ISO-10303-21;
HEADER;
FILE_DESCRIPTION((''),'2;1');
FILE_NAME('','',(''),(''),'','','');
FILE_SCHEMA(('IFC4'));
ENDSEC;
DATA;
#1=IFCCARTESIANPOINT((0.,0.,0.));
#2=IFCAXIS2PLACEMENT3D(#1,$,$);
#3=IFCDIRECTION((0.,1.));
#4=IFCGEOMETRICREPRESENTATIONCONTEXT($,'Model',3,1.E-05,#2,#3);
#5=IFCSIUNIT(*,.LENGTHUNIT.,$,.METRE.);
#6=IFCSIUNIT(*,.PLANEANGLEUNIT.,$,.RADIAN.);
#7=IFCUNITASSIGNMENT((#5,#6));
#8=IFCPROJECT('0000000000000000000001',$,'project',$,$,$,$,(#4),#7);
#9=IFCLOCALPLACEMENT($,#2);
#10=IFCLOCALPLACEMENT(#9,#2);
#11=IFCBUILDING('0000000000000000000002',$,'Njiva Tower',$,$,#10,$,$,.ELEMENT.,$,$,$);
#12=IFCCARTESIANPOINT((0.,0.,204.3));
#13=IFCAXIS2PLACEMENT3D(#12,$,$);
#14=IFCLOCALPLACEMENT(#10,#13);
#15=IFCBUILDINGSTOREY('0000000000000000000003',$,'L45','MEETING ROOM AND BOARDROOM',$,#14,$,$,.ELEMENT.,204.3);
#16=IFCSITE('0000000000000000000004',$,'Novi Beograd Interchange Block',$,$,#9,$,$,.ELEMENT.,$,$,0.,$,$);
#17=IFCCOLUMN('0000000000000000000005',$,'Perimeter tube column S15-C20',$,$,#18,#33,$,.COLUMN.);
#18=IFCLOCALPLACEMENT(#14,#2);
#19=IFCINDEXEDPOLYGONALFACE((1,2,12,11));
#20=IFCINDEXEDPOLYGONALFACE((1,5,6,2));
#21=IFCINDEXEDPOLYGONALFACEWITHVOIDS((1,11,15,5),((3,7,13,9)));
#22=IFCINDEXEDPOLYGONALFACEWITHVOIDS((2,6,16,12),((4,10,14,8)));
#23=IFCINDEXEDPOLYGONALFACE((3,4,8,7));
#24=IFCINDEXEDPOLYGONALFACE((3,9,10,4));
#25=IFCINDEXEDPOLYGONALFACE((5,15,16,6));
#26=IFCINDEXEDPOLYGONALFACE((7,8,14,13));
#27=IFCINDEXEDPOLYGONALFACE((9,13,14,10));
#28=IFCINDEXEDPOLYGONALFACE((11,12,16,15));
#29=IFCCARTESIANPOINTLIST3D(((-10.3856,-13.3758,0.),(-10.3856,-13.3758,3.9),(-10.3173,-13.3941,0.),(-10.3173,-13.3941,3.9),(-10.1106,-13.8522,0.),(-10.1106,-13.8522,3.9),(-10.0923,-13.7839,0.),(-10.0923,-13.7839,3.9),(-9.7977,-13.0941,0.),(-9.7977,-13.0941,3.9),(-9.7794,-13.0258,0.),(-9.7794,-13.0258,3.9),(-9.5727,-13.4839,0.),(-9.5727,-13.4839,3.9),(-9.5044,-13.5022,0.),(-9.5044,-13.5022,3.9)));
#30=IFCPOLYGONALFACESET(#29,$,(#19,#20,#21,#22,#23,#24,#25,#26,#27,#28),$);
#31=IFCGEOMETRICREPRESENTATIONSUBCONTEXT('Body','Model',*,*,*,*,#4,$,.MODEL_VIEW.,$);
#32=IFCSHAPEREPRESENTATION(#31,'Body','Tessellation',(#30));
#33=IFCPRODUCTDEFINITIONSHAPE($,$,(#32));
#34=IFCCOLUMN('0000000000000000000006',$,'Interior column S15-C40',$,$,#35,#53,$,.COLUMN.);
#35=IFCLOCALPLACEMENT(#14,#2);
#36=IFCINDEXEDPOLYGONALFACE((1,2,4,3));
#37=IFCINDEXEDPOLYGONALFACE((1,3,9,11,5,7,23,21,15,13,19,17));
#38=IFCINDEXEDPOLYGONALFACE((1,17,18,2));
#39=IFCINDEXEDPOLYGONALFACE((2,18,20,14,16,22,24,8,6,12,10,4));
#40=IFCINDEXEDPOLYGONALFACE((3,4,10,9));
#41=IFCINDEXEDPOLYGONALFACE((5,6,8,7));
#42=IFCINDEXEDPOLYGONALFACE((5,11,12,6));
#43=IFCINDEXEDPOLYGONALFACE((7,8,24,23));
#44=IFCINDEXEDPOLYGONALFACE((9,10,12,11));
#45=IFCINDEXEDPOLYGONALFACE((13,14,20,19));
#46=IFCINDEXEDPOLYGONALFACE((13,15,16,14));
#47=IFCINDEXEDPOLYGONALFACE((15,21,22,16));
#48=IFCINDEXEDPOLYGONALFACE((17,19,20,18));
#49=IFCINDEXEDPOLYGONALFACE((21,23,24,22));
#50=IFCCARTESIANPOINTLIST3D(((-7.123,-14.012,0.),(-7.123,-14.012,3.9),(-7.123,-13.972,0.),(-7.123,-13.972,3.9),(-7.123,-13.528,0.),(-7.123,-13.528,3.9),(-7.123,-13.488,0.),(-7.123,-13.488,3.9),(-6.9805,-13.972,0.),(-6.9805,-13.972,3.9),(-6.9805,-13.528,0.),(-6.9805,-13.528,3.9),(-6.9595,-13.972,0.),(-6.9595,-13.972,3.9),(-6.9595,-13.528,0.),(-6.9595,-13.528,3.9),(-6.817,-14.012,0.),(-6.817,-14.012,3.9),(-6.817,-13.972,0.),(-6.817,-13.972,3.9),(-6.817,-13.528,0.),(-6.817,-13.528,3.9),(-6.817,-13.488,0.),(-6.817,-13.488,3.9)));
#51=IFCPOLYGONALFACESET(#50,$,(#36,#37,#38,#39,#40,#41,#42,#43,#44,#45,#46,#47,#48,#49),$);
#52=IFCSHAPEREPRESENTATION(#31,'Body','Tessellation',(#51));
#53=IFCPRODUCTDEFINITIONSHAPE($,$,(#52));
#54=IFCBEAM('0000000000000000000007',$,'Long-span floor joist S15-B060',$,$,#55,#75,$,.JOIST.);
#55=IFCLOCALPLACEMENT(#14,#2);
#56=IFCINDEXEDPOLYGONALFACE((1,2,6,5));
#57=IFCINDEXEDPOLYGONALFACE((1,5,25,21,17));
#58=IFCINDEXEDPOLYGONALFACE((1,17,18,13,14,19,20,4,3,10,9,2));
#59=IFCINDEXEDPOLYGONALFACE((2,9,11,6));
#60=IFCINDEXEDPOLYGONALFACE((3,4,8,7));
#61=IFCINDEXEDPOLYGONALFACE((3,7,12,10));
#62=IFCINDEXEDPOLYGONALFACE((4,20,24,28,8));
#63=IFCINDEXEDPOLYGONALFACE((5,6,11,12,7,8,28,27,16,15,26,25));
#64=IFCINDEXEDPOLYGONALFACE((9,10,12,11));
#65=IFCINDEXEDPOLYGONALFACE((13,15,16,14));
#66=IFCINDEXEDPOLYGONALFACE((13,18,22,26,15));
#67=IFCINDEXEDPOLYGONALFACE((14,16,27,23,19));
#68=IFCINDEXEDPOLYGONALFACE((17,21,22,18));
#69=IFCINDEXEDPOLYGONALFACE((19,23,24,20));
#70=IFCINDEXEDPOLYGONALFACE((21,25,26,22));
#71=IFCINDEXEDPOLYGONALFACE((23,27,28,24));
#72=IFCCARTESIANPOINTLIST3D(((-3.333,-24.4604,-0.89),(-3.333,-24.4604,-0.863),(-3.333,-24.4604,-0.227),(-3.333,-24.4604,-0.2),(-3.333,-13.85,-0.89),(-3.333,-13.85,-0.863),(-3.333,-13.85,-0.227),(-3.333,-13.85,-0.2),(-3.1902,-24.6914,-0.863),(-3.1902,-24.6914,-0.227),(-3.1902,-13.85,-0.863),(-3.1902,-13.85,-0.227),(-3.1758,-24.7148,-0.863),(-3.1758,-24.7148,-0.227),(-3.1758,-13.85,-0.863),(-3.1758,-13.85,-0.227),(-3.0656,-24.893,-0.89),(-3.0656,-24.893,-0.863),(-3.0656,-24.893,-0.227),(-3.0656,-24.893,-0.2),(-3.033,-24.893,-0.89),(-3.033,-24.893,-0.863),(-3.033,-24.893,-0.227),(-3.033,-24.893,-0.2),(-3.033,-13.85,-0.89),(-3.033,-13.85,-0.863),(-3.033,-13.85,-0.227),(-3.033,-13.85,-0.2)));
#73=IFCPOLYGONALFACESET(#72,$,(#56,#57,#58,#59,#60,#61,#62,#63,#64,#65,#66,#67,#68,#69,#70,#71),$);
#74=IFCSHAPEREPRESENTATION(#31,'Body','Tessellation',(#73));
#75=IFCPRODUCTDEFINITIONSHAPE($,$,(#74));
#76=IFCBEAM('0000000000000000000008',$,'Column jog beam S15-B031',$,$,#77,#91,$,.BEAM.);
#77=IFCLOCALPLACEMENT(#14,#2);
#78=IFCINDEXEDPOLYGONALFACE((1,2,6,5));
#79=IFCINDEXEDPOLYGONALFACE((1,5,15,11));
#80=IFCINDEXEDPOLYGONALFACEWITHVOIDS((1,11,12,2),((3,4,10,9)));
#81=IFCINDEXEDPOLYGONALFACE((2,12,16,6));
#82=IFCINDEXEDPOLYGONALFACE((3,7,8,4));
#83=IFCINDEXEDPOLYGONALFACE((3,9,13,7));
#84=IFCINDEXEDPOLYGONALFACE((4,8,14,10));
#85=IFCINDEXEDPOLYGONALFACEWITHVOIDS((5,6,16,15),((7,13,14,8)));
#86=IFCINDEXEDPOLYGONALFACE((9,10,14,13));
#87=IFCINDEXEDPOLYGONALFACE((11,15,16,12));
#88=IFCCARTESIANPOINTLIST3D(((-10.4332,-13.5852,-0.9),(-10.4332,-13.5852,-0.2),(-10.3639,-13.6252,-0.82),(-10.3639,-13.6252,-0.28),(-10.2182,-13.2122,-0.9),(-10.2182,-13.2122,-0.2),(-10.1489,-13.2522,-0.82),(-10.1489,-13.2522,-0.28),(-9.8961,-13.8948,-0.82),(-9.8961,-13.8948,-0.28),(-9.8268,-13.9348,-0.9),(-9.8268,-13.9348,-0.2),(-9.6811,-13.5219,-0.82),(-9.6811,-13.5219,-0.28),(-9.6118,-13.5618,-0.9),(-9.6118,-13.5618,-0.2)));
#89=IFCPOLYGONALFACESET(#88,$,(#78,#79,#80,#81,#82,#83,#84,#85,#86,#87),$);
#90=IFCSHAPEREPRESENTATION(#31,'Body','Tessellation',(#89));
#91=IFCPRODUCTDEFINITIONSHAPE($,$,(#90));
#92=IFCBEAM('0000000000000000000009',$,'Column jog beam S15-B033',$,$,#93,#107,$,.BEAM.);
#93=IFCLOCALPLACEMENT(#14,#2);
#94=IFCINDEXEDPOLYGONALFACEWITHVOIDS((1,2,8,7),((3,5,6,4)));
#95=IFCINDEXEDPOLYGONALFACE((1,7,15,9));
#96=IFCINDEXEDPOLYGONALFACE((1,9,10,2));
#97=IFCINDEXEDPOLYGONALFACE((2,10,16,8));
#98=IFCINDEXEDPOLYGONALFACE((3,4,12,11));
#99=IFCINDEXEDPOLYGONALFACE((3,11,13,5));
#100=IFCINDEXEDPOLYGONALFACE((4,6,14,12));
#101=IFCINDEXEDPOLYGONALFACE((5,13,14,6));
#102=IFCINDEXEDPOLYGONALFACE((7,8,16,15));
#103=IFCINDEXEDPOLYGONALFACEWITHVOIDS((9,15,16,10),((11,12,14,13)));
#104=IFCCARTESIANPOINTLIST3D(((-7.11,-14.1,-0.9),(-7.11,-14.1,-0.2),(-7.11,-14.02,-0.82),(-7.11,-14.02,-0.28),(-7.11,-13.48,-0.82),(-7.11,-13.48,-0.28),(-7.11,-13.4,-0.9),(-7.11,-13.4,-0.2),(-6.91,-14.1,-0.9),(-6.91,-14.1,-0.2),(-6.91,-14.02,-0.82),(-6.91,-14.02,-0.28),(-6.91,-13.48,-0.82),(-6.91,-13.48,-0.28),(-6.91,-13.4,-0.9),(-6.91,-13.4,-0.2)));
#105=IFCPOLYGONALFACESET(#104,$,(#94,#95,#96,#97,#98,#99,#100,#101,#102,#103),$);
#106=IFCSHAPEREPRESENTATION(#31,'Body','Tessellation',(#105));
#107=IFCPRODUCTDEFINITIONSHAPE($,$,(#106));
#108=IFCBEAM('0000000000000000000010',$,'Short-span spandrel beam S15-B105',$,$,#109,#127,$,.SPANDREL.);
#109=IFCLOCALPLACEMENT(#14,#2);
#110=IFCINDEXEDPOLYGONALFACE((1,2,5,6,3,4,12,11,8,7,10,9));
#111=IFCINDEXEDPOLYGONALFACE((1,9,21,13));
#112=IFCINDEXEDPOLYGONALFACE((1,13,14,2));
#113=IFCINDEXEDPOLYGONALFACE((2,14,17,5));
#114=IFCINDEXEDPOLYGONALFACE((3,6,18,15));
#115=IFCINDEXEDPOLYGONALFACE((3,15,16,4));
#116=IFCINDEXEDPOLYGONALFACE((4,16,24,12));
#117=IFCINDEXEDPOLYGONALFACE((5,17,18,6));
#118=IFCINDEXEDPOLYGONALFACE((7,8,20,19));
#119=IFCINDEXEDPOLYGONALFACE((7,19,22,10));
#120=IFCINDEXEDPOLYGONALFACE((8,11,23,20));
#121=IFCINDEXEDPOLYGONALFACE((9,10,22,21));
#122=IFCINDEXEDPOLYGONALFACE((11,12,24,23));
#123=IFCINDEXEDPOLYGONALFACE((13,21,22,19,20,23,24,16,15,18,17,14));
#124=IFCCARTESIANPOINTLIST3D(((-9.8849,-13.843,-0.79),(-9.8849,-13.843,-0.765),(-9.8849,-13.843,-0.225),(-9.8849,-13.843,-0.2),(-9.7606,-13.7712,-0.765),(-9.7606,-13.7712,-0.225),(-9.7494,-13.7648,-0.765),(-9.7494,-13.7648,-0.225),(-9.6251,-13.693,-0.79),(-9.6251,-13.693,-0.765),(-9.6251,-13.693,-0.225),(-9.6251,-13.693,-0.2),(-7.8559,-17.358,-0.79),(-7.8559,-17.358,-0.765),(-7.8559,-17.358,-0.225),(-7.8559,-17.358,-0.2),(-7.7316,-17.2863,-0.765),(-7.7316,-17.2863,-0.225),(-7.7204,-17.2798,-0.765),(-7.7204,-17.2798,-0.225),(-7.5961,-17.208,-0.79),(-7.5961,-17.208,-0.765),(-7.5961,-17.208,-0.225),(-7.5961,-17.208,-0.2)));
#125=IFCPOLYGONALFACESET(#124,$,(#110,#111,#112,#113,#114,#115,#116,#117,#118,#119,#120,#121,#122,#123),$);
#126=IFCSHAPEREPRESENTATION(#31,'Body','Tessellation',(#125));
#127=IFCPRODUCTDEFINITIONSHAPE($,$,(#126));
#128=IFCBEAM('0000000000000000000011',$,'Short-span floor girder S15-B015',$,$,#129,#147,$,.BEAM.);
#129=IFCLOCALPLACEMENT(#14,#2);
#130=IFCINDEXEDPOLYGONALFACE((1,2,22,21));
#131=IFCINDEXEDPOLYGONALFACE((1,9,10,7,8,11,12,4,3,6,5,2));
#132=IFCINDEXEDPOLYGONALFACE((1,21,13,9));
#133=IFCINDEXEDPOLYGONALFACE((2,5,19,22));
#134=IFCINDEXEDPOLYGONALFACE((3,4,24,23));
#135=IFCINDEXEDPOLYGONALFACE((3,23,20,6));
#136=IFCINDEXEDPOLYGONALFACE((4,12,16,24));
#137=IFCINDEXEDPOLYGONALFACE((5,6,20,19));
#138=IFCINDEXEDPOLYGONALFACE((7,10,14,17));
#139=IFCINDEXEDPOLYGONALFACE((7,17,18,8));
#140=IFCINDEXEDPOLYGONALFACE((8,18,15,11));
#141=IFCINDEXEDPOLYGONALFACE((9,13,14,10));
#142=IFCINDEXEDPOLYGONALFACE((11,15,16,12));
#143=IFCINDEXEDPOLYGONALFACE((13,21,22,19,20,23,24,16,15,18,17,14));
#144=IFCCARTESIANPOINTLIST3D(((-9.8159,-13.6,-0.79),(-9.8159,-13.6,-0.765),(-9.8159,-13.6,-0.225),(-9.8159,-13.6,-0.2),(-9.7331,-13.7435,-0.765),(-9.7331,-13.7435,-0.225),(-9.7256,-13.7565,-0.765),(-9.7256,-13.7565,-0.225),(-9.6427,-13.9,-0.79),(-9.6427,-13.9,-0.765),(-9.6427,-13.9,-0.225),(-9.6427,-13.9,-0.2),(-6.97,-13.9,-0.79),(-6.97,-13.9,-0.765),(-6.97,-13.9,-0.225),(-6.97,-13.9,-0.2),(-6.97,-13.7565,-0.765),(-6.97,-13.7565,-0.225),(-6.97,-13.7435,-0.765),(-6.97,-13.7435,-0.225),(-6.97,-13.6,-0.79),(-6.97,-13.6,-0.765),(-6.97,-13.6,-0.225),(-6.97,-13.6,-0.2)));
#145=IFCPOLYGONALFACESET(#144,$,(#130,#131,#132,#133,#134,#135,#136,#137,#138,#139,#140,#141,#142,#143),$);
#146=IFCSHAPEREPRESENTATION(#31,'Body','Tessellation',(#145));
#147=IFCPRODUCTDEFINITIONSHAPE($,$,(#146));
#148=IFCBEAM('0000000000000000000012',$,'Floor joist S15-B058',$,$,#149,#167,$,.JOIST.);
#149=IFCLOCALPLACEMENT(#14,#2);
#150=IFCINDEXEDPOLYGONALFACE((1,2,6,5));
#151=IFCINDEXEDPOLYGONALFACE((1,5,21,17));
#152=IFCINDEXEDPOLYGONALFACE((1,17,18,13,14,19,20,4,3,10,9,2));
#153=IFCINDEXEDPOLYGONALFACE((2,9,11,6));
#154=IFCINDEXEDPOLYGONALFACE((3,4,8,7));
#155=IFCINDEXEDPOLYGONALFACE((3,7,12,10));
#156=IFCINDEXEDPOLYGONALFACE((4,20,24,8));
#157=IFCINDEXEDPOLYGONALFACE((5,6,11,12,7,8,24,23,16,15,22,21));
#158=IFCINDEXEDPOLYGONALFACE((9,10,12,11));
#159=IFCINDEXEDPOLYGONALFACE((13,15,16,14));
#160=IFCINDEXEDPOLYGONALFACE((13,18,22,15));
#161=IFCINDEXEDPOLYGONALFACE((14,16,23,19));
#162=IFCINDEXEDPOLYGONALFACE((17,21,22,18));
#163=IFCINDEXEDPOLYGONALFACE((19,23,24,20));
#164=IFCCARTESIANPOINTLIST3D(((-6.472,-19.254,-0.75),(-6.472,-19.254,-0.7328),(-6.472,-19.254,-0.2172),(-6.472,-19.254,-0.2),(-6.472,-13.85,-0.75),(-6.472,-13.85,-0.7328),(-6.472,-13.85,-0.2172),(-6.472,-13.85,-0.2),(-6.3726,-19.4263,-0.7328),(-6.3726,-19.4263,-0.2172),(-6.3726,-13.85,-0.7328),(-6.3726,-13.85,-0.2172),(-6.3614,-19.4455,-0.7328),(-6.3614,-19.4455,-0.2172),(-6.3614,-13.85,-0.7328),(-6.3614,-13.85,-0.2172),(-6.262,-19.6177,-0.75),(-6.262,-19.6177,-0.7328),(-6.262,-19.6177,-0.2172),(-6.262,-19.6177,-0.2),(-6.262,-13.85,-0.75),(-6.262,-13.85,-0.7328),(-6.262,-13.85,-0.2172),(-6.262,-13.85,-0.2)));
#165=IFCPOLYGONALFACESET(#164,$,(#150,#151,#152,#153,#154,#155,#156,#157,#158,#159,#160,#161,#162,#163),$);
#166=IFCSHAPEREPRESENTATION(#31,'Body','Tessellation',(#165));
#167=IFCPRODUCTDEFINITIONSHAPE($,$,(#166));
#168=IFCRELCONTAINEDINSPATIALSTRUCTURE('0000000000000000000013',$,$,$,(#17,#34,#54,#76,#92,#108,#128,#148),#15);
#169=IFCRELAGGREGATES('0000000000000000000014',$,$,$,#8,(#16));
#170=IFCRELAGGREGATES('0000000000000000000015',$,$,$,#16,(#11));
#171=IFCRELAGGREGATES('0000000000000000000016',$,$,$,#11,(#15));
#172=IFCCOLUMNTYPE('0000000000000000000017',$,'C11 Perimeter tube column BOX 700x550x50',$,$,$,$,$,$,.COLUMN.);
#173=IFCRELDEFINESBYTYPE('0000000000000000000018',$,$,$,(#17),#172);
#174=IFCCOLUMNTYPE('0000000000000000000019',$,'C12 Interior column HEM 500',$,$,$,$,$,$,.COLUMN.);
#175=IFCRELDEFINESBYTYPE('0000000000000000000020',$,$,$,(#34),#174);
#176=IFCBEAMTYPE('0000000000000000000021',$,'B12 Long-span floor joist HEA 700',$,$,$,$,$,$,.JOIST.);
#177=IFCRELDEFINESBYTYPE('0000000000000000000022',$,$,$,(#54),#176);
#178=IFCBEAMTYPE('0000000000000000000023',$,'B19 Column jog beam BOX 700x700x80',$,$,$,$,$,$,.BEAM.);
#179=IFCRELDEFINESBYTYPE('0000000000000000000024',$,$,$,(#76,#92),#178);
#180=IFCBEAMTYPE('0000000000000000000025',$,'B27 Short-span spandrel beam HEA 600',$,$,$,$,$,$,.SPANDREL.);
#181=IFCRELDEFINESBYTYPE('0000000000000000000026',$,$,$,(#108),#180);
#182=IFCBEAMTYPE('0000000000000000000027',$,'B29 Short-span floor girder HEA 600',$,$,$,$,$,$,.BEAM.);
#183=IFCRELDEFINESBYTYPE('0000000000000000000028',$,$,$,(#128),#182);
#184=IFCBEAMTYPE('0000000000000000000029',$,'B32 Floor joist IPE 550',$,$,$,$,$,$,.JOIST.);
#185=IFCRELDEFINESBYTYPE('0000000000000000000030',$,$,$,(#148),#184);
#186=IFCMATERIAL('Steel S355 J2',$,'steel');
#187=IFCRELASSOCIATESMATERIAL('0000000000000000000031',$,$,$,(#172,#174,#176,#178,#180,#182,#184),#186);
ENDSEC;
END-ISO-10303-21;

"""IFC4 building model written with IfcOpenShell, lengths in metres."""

from ifc_helpers import new_model, si_unit, direction, frame, origin, origin_2d, place, context, subcontext, project, spatial, hollow_rectangle, i_section, extrude, clip, halfspace, material, material_profile, profile_set, type_object, element, save


model = new_model("IFC4")

# Units and contexts
model_context = context("Model", 3, precision=1e-05, world=origin(), true_north=direction((0.0, 1.0)))
body_context = subcontext(model_context, "Body", "Model", "MODEL_VIEW")
ifc_project = project(units=[si_unit("LENGTHUNIT", "METRE"), si_unit("PLANEANGLEUNIT", "RADIAN")], contexts=[model_context])

# Site, building, storey
site_placement = place(None, origin())
site = spatial("IfcSite", under=ifc_project, at=site_placement, Name="Novi Beograd Interchange Block", CompositionType="ELEMENT", RefElevation=0.0)
building_placement = place(site_placement, origin())
building = spatial("IfcBuilding", under=site, at=building_placement, Name="Njiva Tower", CompositionType="ELEMENT")
storey_placement = place(building_placement, frame((0.0, 0.0, 204.3)))
storey = spatial("IfcBuildingStorey", under=building, at=storey_placement, Name="L45", Description="MEETING ROOM AND BOARDROOM", CompositionType="ELEMENT", Elevation=204.3)

# Columns
ifc_material_1 = material(Name="Steel S355 J2", Category="steel")
ifc_material_profile_1 = material_profile(ifc_material_1, hollow_rectangle(XDim=0.55, YDim=0.7, WallThickness=0.05, at=origin_2d()), Name="BOX 700x550x50")
ifc_profile_set_1 = profile_set([ifc_material_profile_1], Name="Steel S355 J2")
column_type_1 = type_object("IfcColumnType", Name="C11 Perimeter tube column BOX 700x550x50", PredefinedType="COLUMN", material=ifc_profile_set_1)
column_1_placement = place(storey_placement, frame((-9.945, -13.439, 0.0), z_axis=(0.0, 0.0, 1.0), x_axis=(0.5, -0.866025, 0.0)))
element("IfcColumn", 1, at=column_1_placement, inside=storey, type_object=column_type_1, Name="Perimeter tube column S15-C20", PredefinedType="COLUMN", context=body_context, shape_type="SweptSolid", body=[
    extrude(hollow_rectangle(XDim=0.55, YDim=0.7, WallThickness=0.05, at=origin_2d()), origin(), (0.0, 0.0, 1.0), 3.9),
])
ifc_material_profile_2 = material_profile(ifc_material_1, i_section(OverallWidth=0.306, OverallDepth=0.524, WebThickness=0.021, FlangeThickness=0.04, at=origin_2d()), Name="HEM 500")
ifc_profile_set_2 = profile_set([ifc_material_profile_2], Name="Steel S355 J2")
column_type_2 = type_object("IfcColumnType", Name="C12 Interior column HEM 500", PredefinedType="COLUMN", material=ifc_profile_set_2)
column_2_placement = place(storey_placement, frame((-6.97, -13.75, 0.0), z_axis=(0.0, 0.0, 1.0), x_axis=(1.0, 0.0, 0.0)))
element("IfcColumn", 2, at=column_2_placement, inside=storey, type_object=column_type_2, Name="Interior column S15-C40", PredefinedType="COLUMN", context=body_context, shape_type="SweptSolid", body=[
    extrude(i_section(OverallWidth=0.306, OverallDepth=0.524, WebThickness=0.021, FlangeThickness=0.04, at=origin_2d()), origin(), (0.0, 0.0, 1.0), 3.9),
])

# Beams
ifc_material_profile_3 = material_profile(ifc_material_1, i_section(OverallWidth=0.3, OverallDepth=0.69, WebThickness=0.0145, FlangeThickness=0.027, at=origin_2d()), Name="HEA 700")
ifc_profile_set_3 = profile_set([ifc_material_profile_3], Name="Steel S355 J2")
beam_type_1 = type_object("IfcBeamType", Name="B12 Long-span floor joist HEA 700", PredefinedType="JOIST", material=ifc_profile_set_3)
beam_1_placement = place(storey_placement, frame((-3.183, -13.85, -0.545), z_axis=(0.0, -1.0, 0.0), x_axis=(1.0, 0.0, 0.0)))
element("IfcBeam", 3, at=beam_1_placement, inside=storey, type_object=beam_type_1, Name="Long-span floor joist S15-B060", PredefinedType="JOIST", context=body_context, shape_type="Clipping", body=[
    clip(extrude(i_section(OverallWidth=0.3, OverallDepth=0.69, WebThickness=0.0145, FlangeThickness=0.027, at=origin_2d()), origin(), (0.0, 0.0, 1.0), 11.043), halfspace(frame((-0.0429, 0.0, 10.7837), z_axis=(-0.85062, 0.0, 0.52578), x_axis=(0.0, 1.0, 0.0)), False)),
])
ifc_material_profile_4 = material_profile(ifc_material_1, hollow_rectangle(XDim=0.7, YDim=0.7, WallThickness=0.08, at=origin_2d()), Name="BOX 700x700x80")
ifc_profile_set_4 = profile_set([ifc_material_profile_4], Name="Steel S355 J2")
beam_type_2 = type_object("IfcBeamType", Name="B19 Column jog beam BOX 700x700x80", PredefinedType="BEAM", material=ifc_profile_set_4)
beam_2_placement = place(storey_placement, frame((-10.13, -13.76, -0.55), z_axis=(0.499387, 0.866379, 0.0), x_axis=(-0.866379, 0.499387, 0.0)))
element("IfcBeam", 4, at=beam_2_placement, inside=storey, type_object=beam_type_2, Name="Column jog beam S15-B031", PredefinedType="BEAM", context=body_context, shape_type="SweptSolid", body=[
    extrude(hollow_rectangle(XDim=0.7, YDim=0.7, WallThickness=0.08, at=origin_2d()), origin(), (0.0, 0.0, 1.0), 0.4305),
])
beam_3_placement = place(storey_placement, frame((-7.11, -13.75, -0.55), z_axis=(1.0, 0.0, 0.0), x_axis=(0.0, 1.0, 0.0)))
element("IfcBeam", 5, at=beam_3_placement, inside=storey, type_object=beam_type_2, Name="Column jog beam S15-B033", PredefinedType="BEAM", context=body_context, shape_type="SweptSolid", body=[
    extrude(hollow_rectangle(XDim=0.7, YDim=0.7, WallThickness=0.08, at=origin_2d()), origin(), (0.0, 0.0, 1.0), 0.2),
])
ifc_material_profile_5 = material_profile(ifc_material_1, i_section(OverallWidth=0.3, OverallDepth=0.59, WebThickness=0.013, FlangeThickness=0.025, at=origin_2d()), Name="HEA 600")
ifc_profile_set_5 = profile_set([ifc_material_profile_5], Name="Steel S355 J2")
beam_type_3 = type_object("IfcBeamType", Name="B27 Short-span spandrel beam HEA 600", PredefinedType="SPANDREL", material=ifc_profile_set_5)
beam_4_placement = place(storey_placement, frame((-9.755, -13.768, -0.495), z_axis=(0.499929, -0.866067, 0.0), x_axis=(0.866067, 0.499929, 0.0)))
element("IfcBeam", 6, at=beam_4_placement, inside=storey, type_object=beam_type_3, Name="Short-span spandrel beam S15-B105", PredefinedType="SPANDREL", context=body_context, shape_type="SweptSolid", body=[
    extrude(i_section(OverallWidth=0.3, OverallDepth=0.59, WebThickness=0.013, FlangeThickness=0.025, at=origin_2d()), origin(), (0.0, 0.0, 1.0), 4.0586),
])
ifc_material_profile_6 = material_profile(ifc_material_1, i_section(OverallWidth=0.3, OverallDepth=0.59, WebThickness=0.013, FlangeThickness=0.025, at=origin_2d()), Name="HEA 600")
ifc_profile_set_6 = profile_set([ifc_material_profile_6], Name="Steel S355 J2")
beam_type_4 = type_object("IfcBeamType", Name="B29 Short-span floor girder HEA 600", PredefinedType="BEAM", material=ifc_profile_set_6)
beam_5_placement = place(storey_placement, frame((-9.836, -13.75, -0.495), z_axis=(1.0, 0.0, 0.0), x_axis=(0.0, 1.0, 0.0)))
element("IfcBeam", 7, at=beam_5_placement, inside=storey, type_object=beam_type_4, Name="Short-span floor girder S15-B015", PredefinedType="BEAM", context=body_context, shape_type="Clipping", body=[
    clip(extrude(i_section(OverallWidth=0.3, OverallDepth=0.59, WebThickness=0.013, FlangeThickness=0.025, at=origin_2d()), origin(), (0.0, 0.0, 1.0), 2.866), halfspace(frame((-0.025, 0.0, 0.1211), z_axis=(-0.499998, 0.0, -0.866027), x_axis=(0.0, -1.0, 0.0)), False)),
])
ifc_material_profile_7 = material_profile(ifc_material_1, i_section(OverallWidth=0.21, OverallDepth=0.55, WebThickness=0.0111, FlangeThickness=0.0172, at=origin_2d()), Name="IPE 550")
ifc_profile_set_7 = profile_set([ifc_material_profile_7], Name="Steel S355 J2")
beam_type_5 = type_object("IfcBeamType", Name="B32 Floor joist IPE 550", PredefinedType="JOIST", material=ifc_profile_set_7)
beam_6_placement = place(storey_placement, frame((-6.367, -13.85, -0.475), z_axis=(0.0, -1.0, 0.0), x_axis=(1.0, 0.0, 0.0)))
element("IfcBeam", 8, at=beam_6_placement, inside=storey, type_object=beam_type_5, Name="Floor joist S15-B058", PredefinedType="JOIST", context=body_context, shape_type="Clipping", body=[
    clip(extrude(i_section(OverallWidth=0.21, OverallDepth=0.55, WebThickness=0.0111, FlangeThickness=0.0172, at=origin_2d()), origin(), (0.0, 0.0, 1.0), 5.788), halfspace(frame((-0.043, 0.0, 5.5114), z_axis=(-0.866027, 0.0, 0.499998), x_axis=(0.0, 1.0, 0.0)), False)),
])

save(model, "model.ifc")
